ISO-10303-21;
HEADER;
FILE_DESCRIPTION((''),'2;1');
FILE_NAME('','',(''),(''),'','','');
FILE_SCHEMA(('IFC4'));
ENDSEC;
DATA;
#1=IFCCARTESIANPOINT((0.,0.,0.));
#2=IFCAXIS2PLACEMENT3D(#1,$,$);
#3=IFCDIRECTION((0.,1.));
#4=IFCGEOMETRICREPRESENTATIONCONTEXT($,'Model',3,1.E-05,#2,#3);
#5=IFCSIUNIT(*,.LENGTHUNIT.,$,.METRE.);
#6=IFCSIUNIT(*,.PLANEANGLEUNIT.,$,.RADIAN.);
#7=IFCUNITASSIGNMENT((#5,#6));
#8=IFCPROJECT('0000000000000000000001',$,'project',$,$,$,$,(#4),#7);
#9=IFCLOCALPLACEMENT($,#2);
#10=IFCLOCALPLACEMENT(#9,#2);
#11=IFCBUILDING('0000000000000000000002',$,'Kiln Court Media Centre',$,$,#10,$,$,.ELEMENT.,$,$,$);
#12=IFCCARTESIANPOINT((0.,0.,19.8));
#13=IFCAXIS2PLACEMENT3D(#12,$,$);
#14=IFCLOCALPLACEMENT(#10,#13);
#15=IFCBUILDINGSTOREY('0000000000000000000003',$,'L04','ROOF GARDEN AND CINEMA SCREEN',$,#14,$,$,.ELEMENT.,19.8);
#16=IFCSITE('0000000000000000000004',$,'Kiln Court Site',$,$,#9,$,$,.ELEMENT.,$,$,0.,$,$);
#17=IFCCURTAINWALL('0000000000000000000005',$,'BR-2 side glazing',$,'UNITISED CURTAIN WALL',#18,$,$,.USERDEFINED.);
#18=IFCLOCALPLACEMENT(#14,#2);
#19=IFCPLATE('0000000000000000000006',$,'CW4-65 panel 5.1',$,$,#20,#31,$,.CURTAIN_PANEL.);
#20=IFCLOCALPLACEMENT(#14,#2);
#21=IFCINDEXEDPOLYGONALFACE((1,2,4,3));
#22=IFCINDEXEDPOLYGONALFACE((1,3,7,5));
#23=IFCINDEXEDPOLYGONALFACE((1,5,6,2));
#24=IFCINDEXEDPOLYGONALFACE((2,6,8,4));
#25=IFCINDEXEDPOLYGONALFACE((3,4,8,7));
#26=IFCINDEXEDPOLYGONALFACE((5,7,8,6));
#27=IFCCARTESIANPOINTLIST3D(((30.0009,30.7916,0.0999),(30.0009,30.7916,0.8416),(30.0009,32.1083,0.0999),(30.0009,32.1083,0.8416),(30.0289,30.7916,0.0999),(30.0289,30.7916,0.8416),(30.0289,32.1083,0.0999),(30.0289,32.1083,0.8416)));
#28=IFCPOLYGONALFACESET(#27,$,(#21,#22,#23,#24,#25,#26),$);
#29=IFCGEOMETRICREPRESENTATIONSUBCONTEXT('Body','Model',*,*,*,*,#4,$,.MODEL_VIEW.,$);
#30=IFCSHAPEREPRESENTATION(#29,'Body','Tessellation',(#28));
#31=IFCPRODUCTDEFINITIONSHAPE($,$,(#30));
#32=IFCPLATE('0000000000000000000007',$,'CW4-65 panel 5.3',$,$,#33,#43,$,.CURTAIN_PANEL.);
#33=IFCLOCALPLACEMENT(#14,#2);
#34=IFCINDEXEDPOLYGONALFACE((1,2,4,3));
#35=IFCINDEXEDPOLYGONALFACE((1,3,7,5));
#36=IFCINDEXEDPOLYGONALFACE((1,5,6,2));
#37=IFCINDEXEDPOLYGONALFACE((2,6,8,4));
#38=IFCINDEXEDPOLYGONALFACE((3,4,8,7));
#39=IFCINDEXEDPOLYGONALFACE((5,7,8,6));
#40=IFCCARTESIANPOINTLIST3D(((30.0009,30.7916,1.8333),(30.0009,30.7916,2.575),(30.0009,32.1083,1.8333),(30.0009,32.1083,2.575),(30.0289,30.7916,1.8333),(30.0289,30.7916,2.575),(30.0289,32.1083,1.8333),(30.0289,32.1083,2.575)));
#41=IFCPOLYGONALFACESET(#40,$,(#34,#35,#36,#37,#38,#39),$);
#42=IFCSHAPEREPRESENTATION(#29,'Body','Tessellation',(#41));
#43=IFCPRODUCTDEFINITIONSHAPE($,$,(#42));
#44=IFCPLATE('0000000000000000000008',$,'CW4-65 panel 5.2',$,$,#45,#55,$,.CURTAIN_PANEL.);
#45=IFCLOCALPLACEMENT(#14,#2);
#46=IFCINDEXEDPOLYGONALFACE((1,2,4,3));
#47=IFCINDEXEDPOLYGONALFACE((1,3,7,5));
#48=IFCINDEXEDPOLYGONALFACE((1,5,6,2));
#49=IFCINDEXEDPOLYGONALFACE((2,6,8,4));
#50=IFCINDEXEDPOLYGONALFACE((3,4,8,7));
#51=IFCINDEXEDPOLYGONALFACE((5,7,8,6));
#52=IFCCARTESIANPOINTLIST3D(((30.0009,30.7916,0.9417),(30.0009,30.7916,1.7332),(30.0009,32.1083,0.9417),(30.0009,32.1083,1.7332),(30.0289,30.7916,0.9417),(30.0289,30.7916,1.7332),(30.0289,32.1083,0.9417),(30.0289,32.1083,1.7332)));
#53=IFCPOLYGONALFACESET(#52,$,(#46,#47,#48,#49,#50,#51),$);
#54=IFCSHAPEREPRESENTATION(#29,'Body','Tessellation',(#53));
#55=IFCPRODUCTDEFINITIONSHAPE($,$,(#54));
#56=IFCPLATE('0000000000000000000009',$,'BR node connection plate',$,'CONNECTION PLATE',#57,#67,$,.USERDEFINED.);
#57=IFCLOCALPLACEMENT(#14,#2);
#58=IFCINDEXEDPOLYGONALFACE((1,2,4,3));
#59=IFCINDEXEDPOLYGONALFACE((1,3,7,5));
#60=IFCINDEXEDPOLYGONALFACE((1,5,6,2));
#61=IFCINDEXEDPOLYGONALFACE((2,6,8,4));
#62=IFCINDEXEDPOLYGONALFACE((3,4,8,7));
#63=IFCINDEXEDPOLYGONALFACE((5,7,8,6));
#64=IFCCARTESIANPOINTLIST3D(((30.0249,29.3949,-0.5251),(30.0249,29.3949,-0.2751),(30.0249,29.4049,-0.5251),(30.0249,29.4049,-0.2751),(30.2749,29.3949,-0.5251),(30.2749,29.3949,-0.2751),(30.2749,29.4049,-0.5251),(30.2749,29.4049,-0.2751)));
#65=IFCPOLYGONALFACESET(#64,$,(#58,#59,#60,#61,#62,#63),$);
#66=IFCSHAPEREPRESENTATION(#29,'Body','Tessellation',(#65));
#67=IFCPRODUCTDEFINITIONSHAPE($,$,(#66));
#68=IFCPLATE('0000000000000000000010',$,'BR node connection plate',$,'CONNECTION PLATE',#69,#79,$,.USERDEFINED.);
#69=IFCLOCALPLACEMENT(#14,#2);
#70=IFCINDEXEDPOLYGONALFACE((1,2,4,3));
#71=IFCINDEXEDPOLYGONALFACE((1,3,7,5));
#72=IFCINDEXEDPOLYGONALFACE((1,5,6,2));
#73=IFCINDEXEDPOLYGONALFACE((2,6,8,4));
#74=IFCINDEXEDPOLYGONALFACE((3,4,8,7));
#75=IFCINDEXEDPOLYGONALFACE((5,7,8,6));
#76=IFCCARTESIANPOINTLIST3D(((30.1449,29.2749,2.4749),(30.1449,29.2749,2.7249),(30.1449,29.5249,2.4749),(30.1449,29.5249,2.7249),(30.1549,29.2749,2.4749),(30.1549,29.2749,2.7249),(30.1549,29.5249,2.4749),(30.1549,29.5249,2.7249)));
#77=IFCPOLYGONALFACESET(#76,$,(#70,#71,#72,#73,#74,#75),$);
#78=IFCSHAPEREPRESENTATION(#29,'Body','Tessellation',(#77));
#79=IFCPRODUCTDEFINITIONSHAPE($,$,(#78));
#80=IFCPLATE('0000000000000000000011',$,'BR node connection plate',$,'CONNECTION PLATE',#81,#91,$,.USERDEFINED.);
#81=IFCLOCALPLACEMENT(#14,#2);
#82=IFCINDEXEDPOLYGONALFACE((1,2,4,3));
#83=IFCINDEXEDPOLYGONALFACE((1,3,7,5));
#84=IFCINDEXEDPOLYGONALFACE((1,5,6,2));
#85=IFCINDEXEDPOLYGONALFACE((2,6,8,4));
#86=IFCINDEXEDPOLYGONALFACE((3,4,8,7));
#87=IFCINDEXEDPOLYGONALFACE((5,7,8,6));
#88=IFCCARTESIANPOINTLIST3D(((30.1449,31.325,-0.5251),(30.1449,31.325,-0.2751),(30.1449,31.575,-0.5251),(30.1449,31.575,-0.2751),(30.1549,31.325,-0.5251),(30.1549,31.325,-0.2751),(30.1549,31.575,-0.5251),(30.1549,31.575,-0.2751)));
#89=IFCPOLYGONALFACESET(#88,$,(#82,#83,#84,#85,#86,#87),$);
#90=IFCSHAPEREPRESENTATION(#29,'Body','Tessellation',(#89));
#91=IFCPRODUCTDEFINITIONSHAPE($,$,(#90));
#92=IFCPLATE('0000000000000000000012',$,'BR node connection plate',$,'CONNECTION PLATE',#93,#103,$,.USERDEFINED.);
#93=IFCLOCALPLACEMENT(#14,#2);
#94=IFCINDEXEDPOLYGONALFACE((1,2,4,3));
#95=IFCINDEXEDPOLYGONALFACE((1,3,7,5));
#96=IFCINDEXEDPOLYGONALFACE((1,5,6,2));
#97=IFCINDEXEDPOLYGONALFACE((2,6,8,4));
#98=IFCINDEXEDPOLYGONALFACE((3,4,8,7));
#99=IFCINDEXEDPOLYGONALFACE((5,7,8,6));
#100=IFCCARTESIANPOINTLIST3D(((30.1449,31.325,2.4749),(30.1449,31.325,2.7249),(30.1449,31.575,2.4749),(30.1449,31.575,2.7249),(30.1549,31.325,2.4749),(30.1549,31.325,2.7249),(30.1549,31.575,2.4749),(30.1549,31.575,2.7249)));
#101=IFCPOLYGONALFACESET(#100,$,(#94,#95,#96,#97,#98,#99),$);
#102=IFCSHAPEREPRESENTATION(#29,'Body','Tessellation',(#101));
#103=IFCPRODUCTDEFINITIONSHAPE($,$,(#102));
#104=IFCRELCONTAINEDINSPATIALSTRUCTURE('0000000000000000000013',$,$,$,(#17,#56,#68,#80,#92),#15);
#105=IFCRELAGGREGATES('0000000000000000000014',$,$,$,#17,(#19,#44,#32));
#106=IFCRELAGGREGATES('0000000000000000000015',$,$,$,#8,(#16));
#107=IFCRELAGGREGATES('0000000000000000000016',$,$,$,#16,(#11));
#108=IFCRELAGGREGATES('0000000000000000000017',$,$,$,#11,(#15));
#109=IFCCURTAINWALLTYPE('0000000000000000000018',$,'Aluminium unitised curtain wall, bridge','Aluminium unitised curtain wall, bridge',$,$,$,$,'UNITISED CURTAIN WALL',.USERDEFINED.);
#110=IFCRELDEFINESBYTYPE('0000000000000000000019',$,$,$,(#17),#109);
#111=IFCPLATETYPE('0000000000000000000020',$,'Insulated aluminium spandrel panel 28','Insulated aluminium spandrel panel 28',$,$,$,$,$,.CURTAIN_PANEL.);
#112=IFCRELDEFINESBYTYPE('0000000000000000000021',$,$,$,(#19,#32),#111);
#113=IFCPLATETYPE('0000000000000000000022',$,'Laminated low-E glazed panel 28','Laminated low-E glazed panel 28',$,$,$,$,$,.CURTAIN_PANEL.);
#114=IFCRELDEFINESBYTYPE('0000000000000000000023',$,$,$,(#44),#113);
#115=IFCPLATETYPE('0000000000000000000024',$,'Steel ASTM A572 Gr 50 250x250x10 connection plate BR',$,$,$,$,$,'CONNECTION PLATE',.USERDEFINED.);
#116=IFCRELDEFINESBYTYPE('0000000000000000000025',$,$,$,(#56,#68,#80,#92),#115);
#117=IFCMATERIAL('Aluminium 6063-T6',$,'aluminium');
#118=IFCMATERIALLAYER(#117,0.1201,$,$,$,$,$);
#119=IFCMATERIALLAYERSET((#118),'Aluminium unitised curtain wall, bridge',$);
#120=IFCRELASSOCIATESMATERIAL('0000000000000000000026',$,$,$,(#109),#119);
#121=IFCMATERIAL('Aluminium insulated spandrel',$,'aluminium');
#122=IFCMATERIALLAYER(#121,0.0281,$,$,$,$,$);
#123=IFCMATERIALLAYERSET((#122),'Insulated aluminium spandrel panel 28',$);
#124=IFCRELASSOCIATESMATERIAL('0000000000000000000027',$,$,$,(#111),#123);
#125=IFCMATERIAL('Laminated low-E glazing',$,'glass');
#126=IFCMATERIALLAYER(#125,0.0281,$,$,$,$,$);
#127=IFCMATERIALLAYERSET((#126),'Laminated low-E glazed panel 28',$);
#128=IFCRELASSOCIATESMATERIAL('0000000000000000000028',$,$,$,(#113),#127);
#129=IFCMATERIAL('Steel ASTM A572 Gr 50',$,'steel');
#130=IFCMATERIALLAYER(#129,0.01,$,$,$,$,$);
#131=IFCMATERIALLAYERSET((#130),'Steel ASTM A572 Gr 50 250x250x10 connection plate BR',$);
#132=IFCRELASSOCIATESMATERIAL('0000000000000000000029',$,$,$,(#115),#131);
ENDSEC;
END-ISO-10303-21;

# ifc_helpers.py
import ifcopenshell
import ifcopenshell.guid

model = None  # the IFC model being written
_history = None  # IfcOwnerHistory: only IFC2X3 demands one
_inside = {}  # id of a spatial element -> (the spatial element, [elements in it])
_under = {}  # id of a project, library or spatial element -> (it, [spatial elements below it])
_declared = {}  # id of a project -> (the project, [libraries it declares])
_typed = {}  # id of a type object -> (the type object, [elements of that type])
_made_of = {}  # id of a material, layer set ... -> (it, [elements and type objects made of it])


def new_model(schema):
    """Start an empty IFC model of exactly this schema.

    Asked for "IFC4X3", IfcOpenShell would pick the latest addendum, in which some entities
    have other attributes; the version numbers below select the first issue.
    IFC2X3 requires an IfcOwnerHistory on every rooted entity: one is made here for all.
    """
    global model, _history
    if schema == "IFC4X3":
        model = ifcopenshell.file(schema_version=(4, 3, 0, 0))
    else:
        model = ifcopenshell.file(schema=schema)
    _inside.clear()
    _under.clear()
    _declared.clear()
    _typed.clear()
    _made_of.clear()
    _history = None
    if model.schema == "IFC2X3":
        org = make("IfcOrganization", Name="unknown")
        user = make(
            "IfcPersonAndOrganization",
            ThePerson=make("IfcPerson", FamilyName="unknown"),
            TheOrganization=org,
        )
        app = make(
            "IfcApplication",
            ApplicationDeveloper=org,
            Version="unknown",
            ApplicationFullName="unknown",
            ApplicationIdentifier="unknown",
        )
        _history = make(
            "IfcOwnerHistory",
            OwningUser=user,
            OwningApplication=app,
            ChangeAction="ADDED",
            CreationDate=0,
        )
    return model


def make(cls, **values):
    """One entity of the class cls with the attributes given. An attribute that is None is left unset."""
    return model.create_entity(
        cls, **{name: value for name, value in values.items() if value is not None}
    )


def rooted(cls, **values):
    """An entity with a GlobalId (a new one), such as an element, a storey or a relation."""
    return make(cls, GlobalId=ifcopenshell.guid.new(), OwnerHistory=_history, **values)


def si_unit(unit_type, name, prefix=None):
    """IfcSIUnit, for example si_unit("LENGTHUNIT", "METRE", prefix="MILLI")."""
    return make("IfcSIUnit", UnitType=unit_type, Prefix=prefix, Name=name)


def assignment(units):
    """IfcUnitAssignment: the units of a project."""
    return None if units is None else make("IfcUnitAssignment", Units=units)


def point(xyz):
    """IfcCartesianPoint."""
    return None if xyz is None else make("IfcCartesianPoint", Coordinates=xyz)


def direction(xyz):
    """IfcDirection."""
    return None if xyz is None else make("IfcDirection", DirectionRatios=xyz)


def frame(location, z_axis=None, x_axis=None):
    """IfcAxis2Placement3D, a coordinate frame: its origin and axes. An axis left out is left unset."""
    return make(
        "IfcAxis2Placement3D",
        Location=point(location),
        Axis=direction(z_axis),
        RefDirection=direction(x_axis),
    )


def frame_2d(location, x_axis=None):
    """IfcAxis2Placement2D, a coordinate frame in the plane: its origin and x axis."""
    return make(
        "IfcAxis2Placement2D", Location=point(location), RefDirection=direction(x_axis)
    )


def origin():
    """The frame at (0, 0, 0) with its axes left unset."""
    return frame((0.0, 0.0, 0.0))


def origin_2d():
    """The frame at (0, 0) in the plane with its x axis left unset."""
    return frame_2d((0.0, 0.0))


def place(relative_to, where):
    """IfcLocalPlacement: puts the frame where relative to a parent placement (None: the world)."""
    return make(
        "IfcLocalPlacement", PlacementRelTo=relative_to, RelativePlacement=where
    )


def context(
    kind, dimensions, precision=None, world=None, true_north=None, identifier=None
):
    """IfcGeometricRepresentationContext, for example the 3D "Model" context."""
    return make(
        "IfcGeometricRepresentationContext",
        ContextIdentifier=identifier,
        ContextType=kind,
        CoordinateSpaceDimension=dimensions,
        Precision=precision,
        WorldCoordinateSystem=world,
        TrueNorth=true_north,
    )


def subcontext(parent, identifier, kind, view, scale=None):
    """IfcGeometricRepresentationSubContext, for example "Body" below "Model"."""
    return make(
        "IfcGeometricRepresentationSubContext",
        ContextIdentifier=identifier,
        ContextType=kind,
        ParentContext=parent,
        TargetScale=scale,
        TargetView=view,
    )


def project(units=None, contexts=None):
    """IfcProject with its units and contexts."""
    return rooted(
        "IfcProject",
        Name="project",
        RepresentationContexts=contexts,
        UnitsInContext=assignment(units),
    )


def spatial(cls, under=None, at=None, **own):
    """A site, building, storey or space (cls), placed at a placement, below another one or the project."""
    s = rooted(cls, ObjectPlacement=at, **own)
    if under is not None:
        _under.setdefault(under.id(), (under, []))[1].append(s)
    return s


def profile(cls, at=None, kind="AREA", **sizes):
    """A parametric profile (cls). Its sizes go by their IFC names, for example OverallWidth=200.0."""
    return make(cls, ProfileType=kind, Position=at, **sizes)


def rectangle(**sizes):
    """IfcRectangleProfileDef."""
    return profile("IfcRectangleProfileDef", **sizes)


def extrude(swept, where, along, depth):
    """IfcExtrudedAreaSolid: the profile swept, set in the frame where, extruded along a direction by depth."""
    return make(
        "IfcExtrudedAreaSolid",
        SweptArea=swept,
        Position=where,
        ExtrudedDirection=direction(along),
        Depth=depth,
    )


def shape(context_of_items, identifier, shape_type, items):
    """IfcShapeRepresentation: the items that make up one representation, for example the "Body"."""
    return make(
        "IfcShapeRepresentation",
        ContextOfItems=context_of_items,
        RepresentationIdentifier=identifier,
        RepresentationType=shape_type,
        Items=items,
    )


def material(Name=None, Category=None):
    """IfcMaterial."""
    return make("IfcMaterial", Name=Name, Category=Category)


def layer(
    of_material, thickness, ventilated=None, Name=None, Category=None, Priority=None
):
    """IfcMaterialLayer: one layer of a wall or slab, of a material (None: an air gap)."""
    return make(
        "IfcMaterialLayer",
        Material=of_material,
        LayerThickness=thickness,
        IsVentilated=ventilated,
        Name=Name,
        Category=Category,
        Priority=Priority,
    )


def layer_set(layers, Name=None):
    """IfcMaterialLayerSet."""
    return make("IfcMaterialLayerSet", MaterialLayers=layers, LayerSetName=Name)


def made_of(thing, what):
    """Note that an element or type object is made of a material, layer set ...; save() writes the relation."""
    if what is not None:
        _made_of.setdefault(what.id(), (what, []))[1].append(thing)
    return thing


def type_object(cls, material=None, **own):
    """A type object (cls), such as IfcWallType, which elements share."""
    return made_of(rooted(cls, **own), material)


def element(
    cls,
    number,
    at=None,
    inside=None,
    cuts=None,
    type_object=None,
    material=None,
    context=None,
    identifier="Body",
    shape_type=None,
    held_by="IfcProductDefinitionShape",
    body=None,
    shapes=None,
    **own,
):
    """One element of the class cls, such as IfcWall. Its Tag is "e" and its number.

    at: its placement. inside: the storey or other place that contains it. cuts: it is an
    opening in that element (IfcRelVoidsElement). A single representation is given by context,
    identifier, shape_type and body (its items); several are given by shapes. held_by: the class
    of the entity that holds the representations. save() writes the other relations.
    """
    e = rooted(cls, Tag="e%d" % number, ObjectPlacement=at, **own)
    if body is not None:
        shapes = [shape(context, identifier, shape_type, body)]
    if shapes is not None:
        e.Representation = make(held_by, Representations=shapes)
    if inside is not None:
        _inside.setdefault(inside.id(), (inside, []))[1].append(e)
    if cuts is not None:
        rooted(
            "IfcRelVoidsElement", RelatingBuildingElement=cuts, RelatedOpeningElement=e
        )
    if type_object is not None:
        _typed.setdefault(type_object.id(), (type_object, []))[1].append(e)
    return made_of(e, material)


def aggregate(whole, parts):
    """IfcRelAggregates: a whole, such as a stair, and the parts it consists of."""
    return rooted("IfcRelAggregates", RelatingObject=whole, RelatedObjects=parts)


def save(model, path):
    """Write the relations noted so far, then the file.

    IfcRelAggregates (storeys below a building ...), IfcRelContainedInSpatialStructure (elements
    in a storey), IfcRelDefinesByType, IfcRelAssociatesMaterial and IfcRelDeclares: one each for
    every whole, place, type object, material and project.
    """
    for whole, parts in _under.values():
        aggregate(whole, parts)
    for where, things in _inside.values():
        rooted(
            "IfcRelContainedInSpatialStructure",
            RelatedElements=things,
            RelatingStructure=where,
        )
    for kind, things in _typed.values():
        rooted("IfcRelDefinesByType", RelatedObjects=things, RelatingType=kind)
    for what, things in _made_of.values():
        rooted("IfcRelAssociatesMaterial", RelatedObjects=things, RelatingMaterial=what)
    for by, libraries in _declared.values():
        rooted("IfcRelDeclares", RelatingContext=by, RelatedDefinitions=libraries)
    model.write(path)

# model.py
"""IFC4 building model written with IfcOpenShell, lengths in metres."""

from ifc_helpers import new_model, si_unit, direction, frame, origin, origin_2d, place, context, subcontext, project, spatial, rectangle, extrude, material, layer, layer_set, type_object, element, aggregate, save


model = new_model("IFC4")

# Units and contexts
model_context = context("Model", 3, precision=1e-05, world=origin(), true_north=direction((0.0, 1.0)))
body_context = subcontext(model_context, "Body", "Model", "MODEL_VIEW")
ifc_project = project(units=[si_unit("LENGTHUNIT", "METRE"), si_unit("PLANEANGLEUNIT", "RADIAN")], contexts=[model_context])

# Site, building, storey
site_placement = place(None, origin())
site = spatial("IfcSite", under=ifc_project, at=site_placement, Name="Kiln Court Site", CompositionType="ELEMENT", RefElevation=0.0)
building_placement = place(site_placement, origin())
building = spatial("IfcBuilding", under=site, at=building_placement, Name="Kiln Court Media Centre", CompositionType="ELEMENT")
storey_placement = place(building_placement, frame((0.0, 0.0, 19.8)))
storey = spatial("IfcBuildingStorey", under=building, at=storey_placement, Name="L04", Description="ROOF GARDEN AND CINEMA SCREEN", CompositionType="ELEMENT", Elevation=19.8)

# Curtain wall
ifc_material_1 = material(Name="Aluminium 6063-T6", Category="aluminium")
ifc_layer_1 = layer(ifc_material_1, 0.1201)
ifc_layer_set_1 = layer_set([ifc_layer_1], Name="Aluminium unitised curtain wall, bridge")
curtain_wall_type = type_object("IfcCurtainWallType", Name="Aluminium unitised curtain wall, bridge", Description="Aluminium unitised curtain wall, bridge", ElementType="UNITISED CURTAIN WALL", PredefinedType="USERDEFINED", material=ifc_layer_set_1)
curtain_wall_placement = place(storey_placement, origin())
curtain_wall = element("IfcCurtainWall", 1, at=curtain_wall_placement, inside=storey, type_object=curtain_wall_type, Name="BR-2 side glazing", ObjectType="UNITISED CURTAIN WALL", PredefinedType="USERDEFINED")

# Plates
ifc_material_2 = material(Name="Aluminium insulated spandrel", Category="aluminium")
ifc_layer_2 = layer(ifc_material_2, 0.0281)
ifc_layer_set_2 = layer_set([ifc_layer_2], Name="Insulated aluminium spandrel panel 28")
plate_type_1 = type_object("IfcPlateType", Name="Insulated aluminium spandrel panel 28", Description="Insulated aluminium spandrel panel 28", PredefinedType="CURTAIN_PANEL", material=ifc_layer_set_2)
plate_1_placement = place(storey_placement, frame((30.0149, 31.45, 0.0999), z_axis=(0.0, 0.0, 1.0), x_axis=(0.0, 1.0, 0.0)))
plate_1 = element("IfcPlate", 2, at=plate_1_placement, type_object=plate_type_1, Name="CW4-65 panel 5.1", PredefinedType="CURTAIN_PANEL", context=body_context, shape_type="SweptSolid", body=[
    extrude(rectangle(XDim=1.3167, YDim=0.0281, at=origin_2d()), origin(), (0.0, 0.0, 1.0), 0.7417),
])
plate_2_placement = place(storey_placement, frame((30.0149, 31.45, 1.8333), z_axis=(0.0, 0.0, 1.0), x_axis=(0.0, 1.0, 0.0)))
plate_2 = element("IfcPlate", 3, at=plate_2_placement, type_object=plate_type_1, Name="CW4-65 panel 5.3", PredefinedType="CURTAIN_PANEL", context=body_context, shape_type="SweptSolid", body=[
    extrude(rectangle(XDim=1.3167, YDim=0.0281, at=origin_2d()), origin(), (0.0, 0.0, 1.0), 0.7417),
])
ifc_material_3 = material(Name="Laminated low-E glazing", Category="glass")
ifc_layer_3 = layer(ifc_material_3, 0.0281)
ifc_layer_set_3 = layer_set([ifc_layer_3], Name="Laminated low-E glazed panel 28")
plate_type_2 = type_object("IfcPlateType", Name="Laminated low-E glazed panel 28", Description="Laminated low-E glazed panel 28", PredefinedType="CURTAIN_PANEL", material=ifc_layer_set_3)
plate_3_placement = place(storey_placement, frame((30.0149, 31.45, 0.9417), z_axis=(0.0, 0.0, 1.0), x_axis=(0.0, 1.0, 0.0)))
plate_3 = element("IfcPlate", 4, at=plate_3_placement, type_object=plate_type_2, Name="CW4-65 panel 5.2", PredefinedType="CURTAIN_PANEL", context=body_context, shape_type="SweptSolid", body=[
    extrude(rectangle(XDim=1.3167, YDim=0.0281, at=origin_2d()), origin(), (0.0, 0.0, 1.0), 0.7915),
])
aggregate(curtain_wall, [plate_1, plate_3, plate_2])

# Plates
ifc_material_4 = material(Name="Steel ASTM A572 Gr 50", Category="steel")
ifc_layer_4 = layer(ifc_material_4, 0.01)
ifc_layer_set_4 = layer_set([ifc_layer_4], Name="Steel ASTM A572 Gr 50 250x250x10 connection plate BR")
plate_type_3 = type_object("IfcPlateType", Name="Steel ASTM A572 Gr 50 250x250x10 connection plate BR", ElementType="CONNECTION PLATE", PredefinedType="USERDEFINED", material=ifc_layer_set_4)
plate_4_placement = place(storey_placement, frame((30.1499, 29.3999, -0.5251), z_axis=(0.0, 0.0, 1.0), x_axis=(1.0, 0.0, 0.0)))
element("IfcPlate", 5, at=plate_4_placement, inside=storey, type_object=plate_type_3, Name="BR node connection plate", ObjectType="CONNECTION PLATE", PredefinedType="USERDEFINED", context=body_context, shape_type="SweptSolid", body=[
    extrude(rectangle(XDim=0.25, YDim=0.01, at=origin_2d()), origin(), (0.0, 0.0, 1.0), 0.25),
])
for number, where, z_axis, x_axis, name in (
    (6, (30.1499, 29.3999, 2.4749), (0.0, 0.0, 1.0), (1.0, 0.0, 0.0), "BR node connection plate"),
    (7, (30.1499, 31.45, -0.5251), (0.0, 0.0, 1.0), (1.0, 0.0, 0.0), "BR node connection plate"),
    (8, (30.1499, 31.45, 2.4749), (0.0, 0.0, 1.0), (1.0, 0.0, 0.0), "BR node connection plate"),
):
    element("IfcPlate", number, at=place(storey_placement, frame(where, z_axis=z_axis, x_axis=x_axis)), inside=storey, type_object=plate_type_3, Name=name, ObjectType="CONNECTION PLATE", PredefinedType="USERDEFINED", context=body_context, shape_type="SweptSolid", body=[
        extrude(rectangle(XDim=0.01, YDim=0.25, at=origin_2d()), origin(), (0.0, 0.0, 1.0), 0.25),
    ])

save(model, "model.ifc")
